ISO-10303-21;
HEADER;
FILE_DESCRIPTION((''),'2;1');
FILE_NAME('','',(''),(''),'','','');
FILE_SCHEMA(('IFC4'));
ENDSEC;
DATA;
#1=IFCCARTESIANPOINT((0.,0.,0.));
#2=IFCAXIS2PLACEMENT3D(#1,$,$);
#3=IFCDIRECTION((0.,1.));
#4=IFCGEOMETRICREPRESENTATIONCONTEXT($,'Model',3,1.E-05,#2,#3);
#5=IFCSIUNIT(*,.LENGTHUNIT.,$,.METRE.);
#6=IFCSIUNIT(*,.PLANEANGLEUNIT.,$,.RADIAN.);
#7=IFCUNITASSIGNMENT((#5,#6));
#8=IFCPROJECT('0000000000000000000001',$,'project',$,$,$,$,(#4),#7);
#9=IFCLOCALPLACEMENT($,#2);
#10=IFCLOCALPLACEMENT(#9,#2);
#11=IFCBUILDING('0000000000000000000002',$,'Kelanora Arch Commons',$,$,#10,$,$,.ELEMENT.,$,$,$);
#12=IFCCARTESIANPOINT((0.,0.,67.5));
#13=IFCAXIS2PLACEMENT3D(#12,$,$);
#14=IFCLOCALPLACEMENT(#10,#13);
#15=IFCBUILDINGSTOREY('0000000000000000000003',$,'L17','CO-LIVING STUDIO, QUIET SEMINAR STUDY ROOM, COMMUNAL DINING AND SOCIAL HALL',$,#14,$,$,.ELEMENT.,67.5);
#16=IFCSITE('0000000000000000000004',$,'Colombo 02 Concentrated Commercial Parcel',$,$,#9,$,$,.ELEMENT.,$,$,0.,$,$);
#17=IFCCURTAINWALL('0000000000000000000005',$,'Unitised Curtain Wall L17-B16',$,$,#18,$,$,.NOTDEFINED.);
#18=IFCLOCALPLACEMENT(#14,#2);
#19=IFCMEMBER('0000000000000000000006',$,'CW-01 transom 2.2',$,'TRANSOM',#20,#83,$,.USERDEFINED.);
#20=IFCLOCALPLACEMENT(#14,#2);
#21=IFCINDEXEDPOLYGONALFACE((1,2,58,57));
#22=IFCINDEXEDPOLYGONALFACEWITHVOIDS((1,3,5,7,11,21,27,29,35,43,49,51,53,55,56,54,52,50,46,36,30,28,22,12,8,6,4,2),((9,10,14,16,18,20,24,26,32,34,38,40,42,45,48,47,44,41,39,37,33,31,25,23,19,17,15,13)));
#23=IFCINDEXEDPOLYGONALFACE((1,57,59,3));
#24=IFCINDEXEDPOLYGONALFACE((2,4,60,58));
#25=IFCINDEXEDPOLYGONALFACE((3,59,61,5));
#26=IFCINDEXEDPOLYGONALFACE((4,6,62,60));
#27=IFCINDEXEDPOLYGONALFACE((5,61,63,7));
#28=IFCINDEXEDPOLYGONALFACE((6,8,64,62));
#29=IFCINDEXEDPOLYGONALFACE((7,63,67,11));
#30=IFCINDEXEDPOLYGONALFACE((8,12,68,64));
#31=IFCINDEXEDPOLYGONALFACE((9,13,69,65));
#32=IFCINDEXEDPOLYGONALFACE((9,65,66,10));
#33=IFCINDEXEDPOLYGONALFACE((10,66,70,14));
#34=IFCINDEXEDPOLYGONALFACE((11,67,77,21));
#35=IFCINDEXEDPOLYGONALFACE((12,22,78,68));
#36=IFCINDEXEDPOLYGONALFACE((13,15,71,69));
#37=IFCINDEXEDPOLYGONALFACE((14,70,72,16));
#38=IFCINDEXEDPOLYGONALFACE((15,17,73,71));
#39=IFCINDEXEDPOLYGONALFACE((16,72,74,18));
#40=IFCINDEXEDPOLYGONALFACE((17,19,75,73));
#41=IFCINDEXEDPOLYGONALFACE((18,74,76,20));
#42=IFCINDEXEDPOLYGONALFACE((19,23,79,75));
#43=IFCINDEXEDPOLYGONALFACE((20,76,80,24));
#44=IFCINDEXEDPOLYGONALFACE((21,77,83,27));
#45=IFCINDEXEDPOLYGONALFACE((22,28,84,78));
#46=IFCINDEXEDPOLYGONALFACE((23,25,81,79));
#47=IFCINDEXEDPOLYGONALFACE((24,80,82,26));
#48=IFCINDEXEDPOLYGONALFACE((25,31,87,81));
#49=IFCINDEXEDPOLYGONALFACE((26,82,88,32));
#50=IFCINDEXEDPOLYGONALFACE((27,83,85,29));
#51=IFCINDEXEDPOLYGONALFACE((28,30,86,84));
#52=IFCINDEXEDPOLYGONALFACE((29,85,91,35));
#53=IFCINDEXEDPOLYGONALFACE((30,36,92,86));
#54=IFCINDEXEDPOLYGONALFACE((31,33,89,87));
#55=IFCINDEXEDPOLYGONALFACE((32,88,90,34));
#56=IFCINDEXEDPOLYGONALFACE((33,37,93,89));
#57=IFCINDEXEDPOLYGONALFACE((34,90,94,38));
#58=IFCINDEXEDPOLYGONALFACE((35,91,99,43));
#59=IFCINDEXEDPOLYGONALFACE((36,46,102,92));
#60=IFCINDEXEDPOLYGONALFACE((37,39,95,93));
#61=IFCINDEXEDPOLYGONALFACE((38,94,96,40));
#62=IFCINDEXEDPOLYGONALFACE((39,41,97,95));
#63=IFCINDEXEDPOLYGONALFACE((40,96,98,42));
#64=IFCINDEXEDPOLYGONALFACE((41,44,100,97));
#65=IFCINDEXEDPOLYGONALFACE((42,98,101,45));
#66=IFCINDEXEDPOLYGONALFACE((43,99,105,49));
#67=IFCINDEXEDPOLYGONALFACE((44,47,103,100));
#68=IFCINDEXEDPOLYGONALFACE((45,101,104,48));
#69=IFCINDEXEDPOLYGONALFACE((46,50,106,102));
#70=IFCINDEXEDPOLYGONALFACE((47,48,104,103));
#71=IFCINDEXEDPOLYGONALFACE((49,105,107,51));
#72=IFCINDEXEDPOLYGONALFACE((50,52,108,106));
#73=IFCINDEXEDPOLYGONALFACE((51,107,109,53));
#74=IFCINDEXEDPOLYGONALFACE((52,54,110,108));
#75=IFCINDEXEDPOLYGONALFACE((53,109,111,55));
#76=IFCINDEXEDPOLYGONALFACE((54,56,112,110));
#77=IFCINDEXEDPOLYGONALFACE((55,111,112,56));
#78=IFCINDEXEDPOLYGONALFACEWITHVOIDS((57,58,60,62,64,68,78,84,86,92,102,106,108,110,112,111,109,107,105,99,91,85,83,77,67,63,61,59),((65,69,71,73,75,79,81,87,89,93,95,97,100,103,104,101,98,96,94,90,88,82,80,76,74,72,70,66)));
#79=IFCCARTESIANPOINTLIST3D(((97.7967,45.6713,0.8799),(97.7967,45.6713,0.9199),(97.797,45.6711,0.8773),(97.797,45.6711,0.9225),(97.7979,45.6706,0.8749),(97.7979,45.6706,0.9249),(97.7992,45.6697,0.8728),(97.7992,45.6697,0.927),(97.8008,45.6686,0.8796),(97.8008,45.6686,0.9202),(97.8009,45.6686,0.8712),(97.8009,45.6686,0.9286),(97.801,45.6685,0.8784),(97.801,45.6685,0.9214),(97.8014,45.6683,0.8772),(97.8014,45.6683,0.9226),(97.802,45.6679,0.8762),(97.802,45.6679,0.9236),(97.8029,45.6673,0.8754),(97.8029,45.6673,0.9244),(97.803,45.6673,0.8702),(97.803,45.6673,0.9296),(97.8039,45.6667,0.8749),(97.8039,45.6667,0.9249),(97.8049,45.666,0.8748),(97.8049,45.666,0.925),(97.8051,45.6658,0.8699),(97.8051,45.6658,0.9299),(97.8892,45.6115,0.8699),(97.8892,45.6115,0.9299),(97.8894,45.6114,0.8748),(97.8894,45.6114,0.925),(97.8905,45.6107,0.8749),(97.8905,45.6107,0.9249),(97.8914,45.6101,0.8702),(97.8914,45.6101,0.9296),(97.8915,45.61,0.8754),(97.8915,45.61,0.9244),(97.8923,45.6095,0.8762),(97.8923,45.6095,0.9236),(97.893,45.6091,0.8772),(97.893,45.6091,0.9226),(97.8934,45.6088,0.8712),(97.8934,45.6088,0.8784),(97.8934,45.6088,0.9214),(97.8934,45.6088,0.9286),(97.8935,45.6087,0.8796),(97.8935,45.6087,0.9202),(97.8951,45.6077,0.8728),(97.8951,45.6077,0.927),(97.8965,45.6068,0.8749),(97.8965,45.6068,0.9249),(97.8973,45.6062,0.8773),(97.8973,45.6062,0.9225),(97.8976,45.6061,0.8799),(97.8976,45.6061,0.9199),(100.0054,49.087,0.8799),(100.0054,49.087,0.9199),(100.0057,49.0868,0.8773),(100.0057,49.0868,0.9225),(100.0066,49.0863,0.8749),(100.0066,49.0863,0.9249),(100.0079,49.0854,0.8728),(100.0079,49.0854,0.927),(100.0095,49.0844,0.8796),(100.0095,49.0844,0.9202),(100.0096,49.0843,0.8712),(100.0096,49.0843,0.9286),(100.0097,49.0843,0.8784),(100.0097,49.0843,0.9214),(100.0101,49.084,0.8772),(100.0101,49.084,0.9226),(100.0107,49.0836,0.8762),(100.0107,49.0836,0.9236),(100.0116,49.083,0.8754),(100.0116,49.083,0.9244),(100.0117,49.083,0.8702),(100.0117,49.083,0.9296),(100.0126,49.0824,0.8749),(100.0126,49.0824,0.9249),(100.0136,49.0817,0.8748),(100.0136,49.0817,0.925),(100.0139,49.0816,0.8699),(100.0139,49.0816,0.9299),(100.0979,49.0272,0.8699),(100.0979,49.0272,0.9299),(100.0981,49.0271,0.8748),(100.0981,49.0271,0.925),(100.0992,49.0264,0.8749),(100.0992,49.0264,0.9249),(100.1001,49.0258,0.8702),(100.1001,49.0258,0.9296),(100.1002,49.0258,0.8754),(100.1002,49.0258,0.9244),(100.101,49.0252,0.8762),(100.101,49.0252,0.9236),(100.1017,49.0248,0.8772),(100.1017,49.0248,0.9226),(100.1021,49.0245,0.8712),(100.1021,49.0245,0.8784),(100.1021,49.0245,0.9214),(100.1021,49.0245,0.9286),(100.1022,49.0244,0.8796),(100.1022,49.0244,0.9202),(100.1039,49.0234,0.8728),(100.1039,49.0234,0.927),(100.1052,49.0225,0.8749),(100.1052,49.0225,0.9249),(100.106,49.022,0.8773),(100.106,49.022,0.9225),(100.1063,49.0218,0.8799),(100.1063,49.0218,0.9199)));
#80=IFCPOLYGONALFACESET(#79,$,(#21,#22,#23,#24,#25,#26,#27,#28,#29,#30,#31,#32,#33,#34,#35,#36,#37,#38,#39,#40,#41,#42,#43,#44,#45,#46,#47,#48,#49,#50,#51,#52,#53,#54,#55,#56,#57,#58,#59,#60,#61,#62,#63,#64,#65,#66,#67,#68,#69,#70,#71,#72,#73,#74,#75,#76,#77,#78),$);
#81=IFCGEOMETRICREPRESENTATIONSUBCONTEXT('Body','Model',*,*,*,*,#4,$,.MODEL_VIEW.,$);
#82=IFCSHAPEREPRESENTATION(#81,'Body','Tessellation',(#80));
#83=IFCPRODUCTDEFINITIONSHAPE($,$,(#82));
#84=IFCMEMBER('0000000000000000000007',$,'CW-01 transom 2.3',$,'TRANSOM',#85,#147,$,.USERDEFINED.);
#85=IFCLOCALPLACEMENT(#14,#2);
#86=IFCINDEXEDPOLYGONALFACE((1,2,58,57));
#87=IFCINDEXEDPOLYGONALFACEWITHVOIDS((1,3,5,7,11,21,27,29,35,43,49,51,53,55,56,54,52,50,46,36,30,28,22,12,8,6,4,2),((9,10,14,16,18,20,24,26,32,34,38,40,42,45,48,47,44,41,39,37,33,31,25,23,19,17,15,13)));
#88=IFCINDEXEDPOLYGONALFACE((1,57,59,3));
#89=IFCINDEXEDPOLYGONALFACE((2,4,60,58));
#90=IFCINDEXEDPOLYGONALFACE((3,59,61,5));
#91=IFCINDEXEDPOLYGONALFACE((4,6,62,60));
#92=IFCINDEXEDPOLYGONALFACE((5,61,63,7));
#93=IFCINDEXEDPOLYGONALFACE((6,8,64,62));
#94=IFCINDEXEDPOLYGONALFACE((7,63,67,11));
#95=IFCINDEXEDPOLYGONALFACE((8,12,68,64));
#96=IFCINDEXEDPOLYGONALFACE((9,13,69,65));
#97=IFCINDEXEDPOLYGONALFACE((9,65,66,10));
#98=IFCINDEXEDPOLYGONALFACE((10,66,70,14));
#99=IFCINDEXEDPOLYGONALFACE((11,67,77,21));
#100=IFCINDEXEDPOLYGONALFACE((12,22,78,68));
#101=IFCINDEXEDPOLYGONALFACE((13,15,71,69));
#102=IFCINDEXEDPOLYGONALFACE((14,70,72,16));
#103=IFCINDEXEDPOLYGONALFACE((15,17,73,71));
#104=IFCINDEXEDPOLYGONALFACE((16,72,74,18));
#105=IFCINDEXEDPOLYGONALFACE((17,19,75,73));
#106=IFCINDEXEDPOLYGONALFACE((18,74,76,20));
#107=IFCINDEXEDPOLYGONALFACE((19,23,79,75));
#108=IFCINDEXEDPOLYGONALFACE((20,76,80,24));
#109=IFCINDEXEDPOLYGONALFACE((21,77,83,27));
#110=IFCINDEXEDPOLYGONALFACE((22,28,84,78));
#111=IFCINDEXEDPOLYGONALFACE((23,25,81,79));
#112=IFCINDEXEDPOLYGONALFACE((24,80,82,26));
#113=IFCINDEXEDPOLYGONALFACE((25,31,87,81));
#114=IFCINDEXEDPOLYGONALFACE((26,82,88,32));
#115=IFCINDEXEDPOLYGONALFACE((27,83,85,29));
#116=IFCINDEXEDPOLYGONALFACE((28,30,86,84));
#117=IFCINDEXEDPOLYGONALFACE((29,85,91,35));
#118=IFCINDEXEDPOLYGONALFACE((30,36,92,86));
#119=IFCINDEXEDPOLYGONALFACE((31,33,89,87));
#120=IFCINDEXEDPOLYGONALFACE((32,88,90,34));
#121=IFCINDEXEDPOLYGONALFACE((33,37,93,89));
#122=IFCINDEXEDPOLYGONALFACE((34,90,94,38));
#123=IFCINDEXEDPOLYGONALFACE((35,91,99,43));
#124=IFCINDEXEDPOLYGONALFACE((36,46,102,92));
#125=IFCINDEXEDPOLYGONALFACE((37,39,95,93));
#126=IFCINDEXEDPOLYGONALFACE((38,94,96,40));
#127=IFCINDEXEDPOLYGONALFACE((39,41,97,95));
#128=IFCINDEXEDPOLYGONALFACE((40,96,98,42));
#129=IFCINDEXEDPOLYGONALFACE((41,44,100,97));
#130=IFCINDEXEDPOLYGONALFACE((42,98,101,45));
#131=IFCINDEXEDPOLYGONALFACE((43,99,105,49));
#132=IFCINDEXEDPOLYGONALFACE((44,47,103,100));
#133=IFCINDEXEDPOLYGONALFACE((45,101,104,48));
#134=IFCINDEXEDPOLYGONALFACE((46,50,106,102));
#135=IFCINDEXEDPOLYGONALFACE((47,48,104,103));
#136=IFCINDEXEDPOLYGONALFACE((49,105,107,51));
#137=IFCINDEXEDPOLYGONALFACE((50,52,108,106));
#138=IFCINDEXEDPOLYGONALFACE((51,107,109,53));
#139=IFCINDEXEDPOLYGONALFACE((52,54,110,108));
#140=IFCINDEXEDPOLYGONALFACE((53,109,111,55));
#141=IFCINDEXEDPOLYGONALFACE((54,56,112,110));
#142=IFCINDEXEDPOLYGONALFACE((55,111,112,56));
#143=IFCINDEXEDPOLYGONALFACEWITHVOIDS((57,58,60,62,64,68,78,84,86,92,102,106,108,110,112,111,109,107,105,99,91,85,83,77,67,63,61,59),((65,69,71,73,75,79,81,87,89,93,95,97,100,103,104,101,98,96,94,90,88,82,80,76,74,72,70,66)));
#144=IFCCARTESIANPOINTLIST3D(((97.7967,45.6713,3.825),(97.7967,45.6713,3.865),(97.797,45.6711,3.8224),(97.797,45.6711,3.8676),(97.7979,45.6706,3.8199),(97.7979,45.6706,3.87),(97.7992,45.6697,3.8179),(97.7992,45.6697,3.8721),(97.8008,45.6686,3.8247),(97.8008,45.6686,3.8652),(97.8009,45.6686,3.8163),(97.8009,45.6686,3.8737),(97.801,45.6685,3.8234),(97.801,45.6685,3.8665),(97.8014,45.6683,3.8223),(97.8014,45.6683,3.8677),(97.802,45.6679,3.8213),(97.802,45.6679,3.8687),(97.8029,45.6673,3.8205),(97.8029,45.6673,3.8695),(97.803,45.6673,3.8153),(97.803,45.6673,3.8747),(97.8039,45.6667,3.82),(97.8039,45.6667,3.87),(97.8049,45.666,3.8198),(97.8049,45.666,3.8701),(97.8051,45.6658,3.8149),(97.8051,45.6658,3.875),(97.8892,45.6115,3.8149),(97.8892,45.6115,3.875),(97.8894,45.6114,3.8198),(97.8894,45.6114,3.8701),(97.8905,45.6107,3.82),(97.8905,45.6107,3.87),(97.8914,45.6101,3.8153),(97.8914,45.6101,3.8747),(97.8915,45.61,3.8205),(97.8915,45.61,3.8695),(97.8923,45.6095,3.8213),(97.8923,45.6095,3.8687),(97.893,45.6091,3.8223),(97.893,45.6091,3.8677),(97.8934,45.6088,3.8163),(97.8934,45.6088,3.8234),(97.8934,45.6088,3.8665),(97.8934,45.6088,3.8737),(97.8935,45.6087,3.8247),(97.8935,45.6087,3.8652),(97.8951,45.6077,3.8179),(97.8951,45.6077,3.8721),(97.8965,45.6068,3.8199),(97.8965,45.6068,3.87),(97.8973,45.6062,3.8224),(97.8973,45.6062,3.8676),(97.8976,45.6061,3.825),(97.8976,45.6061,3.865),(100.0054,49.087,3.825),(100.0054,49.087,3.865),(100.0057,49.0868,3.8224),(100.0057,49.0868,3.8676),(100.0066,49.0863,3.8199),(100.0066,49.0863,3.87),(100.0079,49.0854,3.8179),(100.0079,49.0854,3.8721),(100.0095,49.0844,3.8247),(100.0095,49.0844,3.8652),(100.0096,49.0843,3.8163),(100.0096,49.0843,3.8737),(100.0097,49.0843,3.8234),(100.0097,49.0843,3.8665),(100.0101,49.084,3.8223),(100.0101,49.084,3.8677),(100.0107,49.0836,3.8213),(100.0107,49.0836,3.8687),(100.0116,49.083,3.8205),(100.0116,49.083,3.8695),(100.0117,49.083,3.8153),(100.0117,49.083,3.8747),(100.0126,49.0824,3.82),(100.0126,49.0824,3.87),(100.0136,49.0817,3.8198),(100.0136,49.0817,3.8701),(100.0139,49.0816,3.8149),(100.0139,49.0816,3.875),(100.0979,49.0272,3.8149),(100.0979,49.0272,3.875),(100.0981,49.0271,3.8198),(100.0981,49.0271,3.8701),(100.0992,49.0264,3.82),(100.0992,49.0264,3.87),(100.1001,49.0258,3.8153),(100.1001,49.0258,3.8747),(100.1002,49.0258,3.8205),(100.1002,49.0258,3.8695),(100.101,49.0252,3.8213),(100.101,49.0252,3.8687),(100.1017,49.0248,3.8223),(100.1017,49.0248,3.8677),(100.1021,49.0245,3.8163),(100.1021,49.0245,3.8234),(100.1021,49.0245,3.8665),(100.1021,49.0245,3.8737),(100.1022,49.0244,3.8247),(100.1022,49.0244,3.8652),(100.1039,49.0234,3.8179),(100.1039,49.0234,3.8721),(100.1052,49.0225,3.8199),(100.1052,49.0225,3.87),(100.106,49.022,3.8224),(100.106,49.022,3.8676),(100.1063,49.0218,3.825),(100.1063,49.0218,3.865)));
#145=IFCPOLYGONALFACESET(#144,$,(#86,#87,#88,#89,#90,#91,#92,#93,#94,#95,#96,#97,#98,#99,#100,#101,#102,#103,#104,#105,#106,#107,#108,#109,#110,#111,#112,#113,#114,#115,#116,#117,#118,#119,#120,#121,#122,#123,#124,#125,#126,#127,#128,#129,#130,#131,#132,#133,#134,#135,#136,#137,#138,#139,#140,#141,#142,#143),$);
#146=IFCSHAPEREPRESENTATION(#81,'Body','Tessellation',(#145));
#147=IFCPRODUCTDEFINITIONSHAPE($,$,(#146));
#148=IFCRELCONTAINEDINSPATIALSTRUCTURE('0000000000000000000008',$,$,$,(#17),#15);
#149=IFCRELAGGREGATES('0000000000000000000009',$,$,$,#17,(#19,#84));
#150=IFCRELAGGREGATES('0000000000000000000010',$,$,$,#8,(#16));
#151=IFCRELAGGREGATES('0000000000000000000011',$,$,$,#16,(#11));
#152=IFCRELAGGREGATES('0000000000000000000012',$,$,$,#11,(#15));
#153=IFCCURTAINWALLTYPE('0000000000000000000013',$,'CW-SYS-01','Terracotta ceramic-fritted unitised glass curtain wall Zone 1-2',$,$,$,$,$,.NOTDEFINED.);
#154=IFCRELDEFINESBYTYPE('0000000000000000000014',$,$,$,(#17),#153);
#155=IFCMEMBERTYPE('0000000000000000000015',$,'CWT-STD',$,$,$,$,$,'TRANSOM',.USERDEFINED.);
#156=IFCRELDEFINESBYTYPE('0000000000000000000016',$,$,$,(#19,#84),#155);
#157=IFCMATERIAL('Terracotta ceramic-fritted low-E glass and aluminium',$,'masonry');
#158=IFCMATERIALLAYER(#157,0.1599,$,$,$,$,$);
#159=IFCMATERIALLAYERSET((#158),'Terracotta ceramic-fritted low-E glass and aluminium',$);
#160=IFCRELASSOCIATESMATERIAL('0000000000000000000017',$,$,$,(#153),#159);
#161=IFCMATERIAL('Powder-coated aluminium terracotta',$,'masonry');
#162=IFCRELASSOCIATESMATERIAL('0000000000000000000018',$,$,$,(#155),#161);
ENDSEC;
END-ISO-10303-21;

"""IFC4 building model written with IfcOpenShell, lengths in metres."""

from ifc_helpers import new_model, si_unit, direction, frame, origin, origin_2d, place, context, subcontext, project, spatial, hollow_rectangle, extrude, material, layer, layer_set, material_profile, profile_set, type_object, element, aggregate, save


model = new_model("IFC4")

# Units and contexts
model_context = context("Model", 3, precision=1e-05, world=origin(), true_north=direction((0.0, 1.0)))
body_context = subcontext(model_context, "Body", "Model", "MODEL_VIEW")
ifc_project = project(units=[si_unit("LENGTHUNIT", "METRE"), si_unit("PLANEANGLEUNIT", "RADIAN")], contexts=[model_context])

# Site, building, storey
site_placement = place(None, origin())
site = spatial("IfcSite", under=ifc_project, at=site_placement, Name="Colombo 02 Concentrated Commercial Parcel", CompositionType="ELEMENT", RefElevation=0.0)
building_placement = place(site_placement, origin())
building = spatial("IfcBuilding", under=site, at=building_placement, Name="Kelanora Arch Commons", CompositionType="ELEMENT")
storey_placement = place(building_placement, frame((0.0, 0.0, 67.5)))
storey = spatial("IfcBuildingStorey", under=building, at=storey_placement, Name="L17", Description="CO-LIVING STUDIO, QUIET SEMINAR STUDY ROOM, COMMUNAL DINING AND SOCIAL HALL", CompositionType="ELEMENT", Elevation=67.5)

# Shared definitions
ifc_material_1 = material(Name="Terracotta ceramic-fritted low-E glass and aluminium", Category="masonry")
ifc_layer_1 = layer(ifc_material_1, 0.1599)
ifc_layer_set_1 = layer_set([ifc_layer_1], Name="Terracotta ceramic-fritted low-E glass and aluminium")
curtain_wall_type = type_object("IfcCurtainWallType", Name="CW-SYS-01", Description="Terracotta ceramic-fritted unitised glass curtain wall Zone 1-2", PredefinedType="NOTDEFINED", material=ifc_layer_set_1)
ifc_material_2 = material(Name="Powder-coated aluminium terracotta", Category="masonry")

# Curtain wall, members
curtain_wall_1_placement = place(storey_placement, origin())
curtain_wall_1 = element("IfcCurtainWall", 1, at=curtain_wall_1_placement, inside=storey, type_object=curtain_wall_type, Name="Unitised Curtain Wall L17-B16", PredefinedType="NOTDEFINED")
ifc_material_profile_1 = material_profile(ifc_material_2, hollow_rectangle(XDim=0.1201, YDim=0.0601, WallThickness=0.0049, InnerFilletRadius=0.0049, OuterFilletRadius=0.01, at=origin_2d()), Name="CWT120x60")
ifc_profile_set_1 = profile_set([ifc_material_profile_1], Name="Powder-coated aluminium terracotta")
member_type_1 = type_object("IfcMemberType", Name="CWT-STD", ElementType="TRANSOM", PredefinedType="USERDEFINED", material=ifc_profile_set_1)
member_1_placement = place(storey_placement, frame((97.8472, 45.6387, 0.8999), z_axis=(0.542997, 0.839734, 0.0), x_axis=(-0.839734, 0.542997, 0.0)))
member_1 = element("IfcMember", 2, at=member_1_placement, type_object=member_type_1, Name="CW-01 transom 2.2", ObjectType="TRANSOM", PredefinedType="USERDEFINED", context=body_context, shape_type="SweptSolid", body=[
    extrude(hollow_rectangle(XDim=0.1201, YDim=0.0601, WallThickness=0.0049, InnerFilletRadius=0.0049, OuterFilletRadius=0.01, at=origin_2d()), origin(), (0.0, 0.0, 1.0), 4.0676),
])
member_2_placement = place(storey_placement, frame((97.8472, 45.6387, 3.845), z_axis=(0.542997, 0.839734, 0.0), x_axis=(-0.839734, 0.542997, 0.0)))
member_2 = element("IfcMember", 3, at=member_2_placement, type_object=member_type_1, Name="CW-01 transom 2.3", ObjectType="TRANSOM", PredefinedType="USERDEFINED", context=body_context, shape_type="SweptSolid", body=[
    extrude(hollow_rectangle(XDim=0.1201, YDim=0.0601, WallThickness=0.0049, InnerFilletRadius=0.0049, OuterFilletRadius=0.01, at=origin_2d()), origin(), (0.0, 0.0, 1.0), 4.0676),
])

aggregate(curtain_wall_1, [member_1, member_2])

save(model, "model.ifc")
